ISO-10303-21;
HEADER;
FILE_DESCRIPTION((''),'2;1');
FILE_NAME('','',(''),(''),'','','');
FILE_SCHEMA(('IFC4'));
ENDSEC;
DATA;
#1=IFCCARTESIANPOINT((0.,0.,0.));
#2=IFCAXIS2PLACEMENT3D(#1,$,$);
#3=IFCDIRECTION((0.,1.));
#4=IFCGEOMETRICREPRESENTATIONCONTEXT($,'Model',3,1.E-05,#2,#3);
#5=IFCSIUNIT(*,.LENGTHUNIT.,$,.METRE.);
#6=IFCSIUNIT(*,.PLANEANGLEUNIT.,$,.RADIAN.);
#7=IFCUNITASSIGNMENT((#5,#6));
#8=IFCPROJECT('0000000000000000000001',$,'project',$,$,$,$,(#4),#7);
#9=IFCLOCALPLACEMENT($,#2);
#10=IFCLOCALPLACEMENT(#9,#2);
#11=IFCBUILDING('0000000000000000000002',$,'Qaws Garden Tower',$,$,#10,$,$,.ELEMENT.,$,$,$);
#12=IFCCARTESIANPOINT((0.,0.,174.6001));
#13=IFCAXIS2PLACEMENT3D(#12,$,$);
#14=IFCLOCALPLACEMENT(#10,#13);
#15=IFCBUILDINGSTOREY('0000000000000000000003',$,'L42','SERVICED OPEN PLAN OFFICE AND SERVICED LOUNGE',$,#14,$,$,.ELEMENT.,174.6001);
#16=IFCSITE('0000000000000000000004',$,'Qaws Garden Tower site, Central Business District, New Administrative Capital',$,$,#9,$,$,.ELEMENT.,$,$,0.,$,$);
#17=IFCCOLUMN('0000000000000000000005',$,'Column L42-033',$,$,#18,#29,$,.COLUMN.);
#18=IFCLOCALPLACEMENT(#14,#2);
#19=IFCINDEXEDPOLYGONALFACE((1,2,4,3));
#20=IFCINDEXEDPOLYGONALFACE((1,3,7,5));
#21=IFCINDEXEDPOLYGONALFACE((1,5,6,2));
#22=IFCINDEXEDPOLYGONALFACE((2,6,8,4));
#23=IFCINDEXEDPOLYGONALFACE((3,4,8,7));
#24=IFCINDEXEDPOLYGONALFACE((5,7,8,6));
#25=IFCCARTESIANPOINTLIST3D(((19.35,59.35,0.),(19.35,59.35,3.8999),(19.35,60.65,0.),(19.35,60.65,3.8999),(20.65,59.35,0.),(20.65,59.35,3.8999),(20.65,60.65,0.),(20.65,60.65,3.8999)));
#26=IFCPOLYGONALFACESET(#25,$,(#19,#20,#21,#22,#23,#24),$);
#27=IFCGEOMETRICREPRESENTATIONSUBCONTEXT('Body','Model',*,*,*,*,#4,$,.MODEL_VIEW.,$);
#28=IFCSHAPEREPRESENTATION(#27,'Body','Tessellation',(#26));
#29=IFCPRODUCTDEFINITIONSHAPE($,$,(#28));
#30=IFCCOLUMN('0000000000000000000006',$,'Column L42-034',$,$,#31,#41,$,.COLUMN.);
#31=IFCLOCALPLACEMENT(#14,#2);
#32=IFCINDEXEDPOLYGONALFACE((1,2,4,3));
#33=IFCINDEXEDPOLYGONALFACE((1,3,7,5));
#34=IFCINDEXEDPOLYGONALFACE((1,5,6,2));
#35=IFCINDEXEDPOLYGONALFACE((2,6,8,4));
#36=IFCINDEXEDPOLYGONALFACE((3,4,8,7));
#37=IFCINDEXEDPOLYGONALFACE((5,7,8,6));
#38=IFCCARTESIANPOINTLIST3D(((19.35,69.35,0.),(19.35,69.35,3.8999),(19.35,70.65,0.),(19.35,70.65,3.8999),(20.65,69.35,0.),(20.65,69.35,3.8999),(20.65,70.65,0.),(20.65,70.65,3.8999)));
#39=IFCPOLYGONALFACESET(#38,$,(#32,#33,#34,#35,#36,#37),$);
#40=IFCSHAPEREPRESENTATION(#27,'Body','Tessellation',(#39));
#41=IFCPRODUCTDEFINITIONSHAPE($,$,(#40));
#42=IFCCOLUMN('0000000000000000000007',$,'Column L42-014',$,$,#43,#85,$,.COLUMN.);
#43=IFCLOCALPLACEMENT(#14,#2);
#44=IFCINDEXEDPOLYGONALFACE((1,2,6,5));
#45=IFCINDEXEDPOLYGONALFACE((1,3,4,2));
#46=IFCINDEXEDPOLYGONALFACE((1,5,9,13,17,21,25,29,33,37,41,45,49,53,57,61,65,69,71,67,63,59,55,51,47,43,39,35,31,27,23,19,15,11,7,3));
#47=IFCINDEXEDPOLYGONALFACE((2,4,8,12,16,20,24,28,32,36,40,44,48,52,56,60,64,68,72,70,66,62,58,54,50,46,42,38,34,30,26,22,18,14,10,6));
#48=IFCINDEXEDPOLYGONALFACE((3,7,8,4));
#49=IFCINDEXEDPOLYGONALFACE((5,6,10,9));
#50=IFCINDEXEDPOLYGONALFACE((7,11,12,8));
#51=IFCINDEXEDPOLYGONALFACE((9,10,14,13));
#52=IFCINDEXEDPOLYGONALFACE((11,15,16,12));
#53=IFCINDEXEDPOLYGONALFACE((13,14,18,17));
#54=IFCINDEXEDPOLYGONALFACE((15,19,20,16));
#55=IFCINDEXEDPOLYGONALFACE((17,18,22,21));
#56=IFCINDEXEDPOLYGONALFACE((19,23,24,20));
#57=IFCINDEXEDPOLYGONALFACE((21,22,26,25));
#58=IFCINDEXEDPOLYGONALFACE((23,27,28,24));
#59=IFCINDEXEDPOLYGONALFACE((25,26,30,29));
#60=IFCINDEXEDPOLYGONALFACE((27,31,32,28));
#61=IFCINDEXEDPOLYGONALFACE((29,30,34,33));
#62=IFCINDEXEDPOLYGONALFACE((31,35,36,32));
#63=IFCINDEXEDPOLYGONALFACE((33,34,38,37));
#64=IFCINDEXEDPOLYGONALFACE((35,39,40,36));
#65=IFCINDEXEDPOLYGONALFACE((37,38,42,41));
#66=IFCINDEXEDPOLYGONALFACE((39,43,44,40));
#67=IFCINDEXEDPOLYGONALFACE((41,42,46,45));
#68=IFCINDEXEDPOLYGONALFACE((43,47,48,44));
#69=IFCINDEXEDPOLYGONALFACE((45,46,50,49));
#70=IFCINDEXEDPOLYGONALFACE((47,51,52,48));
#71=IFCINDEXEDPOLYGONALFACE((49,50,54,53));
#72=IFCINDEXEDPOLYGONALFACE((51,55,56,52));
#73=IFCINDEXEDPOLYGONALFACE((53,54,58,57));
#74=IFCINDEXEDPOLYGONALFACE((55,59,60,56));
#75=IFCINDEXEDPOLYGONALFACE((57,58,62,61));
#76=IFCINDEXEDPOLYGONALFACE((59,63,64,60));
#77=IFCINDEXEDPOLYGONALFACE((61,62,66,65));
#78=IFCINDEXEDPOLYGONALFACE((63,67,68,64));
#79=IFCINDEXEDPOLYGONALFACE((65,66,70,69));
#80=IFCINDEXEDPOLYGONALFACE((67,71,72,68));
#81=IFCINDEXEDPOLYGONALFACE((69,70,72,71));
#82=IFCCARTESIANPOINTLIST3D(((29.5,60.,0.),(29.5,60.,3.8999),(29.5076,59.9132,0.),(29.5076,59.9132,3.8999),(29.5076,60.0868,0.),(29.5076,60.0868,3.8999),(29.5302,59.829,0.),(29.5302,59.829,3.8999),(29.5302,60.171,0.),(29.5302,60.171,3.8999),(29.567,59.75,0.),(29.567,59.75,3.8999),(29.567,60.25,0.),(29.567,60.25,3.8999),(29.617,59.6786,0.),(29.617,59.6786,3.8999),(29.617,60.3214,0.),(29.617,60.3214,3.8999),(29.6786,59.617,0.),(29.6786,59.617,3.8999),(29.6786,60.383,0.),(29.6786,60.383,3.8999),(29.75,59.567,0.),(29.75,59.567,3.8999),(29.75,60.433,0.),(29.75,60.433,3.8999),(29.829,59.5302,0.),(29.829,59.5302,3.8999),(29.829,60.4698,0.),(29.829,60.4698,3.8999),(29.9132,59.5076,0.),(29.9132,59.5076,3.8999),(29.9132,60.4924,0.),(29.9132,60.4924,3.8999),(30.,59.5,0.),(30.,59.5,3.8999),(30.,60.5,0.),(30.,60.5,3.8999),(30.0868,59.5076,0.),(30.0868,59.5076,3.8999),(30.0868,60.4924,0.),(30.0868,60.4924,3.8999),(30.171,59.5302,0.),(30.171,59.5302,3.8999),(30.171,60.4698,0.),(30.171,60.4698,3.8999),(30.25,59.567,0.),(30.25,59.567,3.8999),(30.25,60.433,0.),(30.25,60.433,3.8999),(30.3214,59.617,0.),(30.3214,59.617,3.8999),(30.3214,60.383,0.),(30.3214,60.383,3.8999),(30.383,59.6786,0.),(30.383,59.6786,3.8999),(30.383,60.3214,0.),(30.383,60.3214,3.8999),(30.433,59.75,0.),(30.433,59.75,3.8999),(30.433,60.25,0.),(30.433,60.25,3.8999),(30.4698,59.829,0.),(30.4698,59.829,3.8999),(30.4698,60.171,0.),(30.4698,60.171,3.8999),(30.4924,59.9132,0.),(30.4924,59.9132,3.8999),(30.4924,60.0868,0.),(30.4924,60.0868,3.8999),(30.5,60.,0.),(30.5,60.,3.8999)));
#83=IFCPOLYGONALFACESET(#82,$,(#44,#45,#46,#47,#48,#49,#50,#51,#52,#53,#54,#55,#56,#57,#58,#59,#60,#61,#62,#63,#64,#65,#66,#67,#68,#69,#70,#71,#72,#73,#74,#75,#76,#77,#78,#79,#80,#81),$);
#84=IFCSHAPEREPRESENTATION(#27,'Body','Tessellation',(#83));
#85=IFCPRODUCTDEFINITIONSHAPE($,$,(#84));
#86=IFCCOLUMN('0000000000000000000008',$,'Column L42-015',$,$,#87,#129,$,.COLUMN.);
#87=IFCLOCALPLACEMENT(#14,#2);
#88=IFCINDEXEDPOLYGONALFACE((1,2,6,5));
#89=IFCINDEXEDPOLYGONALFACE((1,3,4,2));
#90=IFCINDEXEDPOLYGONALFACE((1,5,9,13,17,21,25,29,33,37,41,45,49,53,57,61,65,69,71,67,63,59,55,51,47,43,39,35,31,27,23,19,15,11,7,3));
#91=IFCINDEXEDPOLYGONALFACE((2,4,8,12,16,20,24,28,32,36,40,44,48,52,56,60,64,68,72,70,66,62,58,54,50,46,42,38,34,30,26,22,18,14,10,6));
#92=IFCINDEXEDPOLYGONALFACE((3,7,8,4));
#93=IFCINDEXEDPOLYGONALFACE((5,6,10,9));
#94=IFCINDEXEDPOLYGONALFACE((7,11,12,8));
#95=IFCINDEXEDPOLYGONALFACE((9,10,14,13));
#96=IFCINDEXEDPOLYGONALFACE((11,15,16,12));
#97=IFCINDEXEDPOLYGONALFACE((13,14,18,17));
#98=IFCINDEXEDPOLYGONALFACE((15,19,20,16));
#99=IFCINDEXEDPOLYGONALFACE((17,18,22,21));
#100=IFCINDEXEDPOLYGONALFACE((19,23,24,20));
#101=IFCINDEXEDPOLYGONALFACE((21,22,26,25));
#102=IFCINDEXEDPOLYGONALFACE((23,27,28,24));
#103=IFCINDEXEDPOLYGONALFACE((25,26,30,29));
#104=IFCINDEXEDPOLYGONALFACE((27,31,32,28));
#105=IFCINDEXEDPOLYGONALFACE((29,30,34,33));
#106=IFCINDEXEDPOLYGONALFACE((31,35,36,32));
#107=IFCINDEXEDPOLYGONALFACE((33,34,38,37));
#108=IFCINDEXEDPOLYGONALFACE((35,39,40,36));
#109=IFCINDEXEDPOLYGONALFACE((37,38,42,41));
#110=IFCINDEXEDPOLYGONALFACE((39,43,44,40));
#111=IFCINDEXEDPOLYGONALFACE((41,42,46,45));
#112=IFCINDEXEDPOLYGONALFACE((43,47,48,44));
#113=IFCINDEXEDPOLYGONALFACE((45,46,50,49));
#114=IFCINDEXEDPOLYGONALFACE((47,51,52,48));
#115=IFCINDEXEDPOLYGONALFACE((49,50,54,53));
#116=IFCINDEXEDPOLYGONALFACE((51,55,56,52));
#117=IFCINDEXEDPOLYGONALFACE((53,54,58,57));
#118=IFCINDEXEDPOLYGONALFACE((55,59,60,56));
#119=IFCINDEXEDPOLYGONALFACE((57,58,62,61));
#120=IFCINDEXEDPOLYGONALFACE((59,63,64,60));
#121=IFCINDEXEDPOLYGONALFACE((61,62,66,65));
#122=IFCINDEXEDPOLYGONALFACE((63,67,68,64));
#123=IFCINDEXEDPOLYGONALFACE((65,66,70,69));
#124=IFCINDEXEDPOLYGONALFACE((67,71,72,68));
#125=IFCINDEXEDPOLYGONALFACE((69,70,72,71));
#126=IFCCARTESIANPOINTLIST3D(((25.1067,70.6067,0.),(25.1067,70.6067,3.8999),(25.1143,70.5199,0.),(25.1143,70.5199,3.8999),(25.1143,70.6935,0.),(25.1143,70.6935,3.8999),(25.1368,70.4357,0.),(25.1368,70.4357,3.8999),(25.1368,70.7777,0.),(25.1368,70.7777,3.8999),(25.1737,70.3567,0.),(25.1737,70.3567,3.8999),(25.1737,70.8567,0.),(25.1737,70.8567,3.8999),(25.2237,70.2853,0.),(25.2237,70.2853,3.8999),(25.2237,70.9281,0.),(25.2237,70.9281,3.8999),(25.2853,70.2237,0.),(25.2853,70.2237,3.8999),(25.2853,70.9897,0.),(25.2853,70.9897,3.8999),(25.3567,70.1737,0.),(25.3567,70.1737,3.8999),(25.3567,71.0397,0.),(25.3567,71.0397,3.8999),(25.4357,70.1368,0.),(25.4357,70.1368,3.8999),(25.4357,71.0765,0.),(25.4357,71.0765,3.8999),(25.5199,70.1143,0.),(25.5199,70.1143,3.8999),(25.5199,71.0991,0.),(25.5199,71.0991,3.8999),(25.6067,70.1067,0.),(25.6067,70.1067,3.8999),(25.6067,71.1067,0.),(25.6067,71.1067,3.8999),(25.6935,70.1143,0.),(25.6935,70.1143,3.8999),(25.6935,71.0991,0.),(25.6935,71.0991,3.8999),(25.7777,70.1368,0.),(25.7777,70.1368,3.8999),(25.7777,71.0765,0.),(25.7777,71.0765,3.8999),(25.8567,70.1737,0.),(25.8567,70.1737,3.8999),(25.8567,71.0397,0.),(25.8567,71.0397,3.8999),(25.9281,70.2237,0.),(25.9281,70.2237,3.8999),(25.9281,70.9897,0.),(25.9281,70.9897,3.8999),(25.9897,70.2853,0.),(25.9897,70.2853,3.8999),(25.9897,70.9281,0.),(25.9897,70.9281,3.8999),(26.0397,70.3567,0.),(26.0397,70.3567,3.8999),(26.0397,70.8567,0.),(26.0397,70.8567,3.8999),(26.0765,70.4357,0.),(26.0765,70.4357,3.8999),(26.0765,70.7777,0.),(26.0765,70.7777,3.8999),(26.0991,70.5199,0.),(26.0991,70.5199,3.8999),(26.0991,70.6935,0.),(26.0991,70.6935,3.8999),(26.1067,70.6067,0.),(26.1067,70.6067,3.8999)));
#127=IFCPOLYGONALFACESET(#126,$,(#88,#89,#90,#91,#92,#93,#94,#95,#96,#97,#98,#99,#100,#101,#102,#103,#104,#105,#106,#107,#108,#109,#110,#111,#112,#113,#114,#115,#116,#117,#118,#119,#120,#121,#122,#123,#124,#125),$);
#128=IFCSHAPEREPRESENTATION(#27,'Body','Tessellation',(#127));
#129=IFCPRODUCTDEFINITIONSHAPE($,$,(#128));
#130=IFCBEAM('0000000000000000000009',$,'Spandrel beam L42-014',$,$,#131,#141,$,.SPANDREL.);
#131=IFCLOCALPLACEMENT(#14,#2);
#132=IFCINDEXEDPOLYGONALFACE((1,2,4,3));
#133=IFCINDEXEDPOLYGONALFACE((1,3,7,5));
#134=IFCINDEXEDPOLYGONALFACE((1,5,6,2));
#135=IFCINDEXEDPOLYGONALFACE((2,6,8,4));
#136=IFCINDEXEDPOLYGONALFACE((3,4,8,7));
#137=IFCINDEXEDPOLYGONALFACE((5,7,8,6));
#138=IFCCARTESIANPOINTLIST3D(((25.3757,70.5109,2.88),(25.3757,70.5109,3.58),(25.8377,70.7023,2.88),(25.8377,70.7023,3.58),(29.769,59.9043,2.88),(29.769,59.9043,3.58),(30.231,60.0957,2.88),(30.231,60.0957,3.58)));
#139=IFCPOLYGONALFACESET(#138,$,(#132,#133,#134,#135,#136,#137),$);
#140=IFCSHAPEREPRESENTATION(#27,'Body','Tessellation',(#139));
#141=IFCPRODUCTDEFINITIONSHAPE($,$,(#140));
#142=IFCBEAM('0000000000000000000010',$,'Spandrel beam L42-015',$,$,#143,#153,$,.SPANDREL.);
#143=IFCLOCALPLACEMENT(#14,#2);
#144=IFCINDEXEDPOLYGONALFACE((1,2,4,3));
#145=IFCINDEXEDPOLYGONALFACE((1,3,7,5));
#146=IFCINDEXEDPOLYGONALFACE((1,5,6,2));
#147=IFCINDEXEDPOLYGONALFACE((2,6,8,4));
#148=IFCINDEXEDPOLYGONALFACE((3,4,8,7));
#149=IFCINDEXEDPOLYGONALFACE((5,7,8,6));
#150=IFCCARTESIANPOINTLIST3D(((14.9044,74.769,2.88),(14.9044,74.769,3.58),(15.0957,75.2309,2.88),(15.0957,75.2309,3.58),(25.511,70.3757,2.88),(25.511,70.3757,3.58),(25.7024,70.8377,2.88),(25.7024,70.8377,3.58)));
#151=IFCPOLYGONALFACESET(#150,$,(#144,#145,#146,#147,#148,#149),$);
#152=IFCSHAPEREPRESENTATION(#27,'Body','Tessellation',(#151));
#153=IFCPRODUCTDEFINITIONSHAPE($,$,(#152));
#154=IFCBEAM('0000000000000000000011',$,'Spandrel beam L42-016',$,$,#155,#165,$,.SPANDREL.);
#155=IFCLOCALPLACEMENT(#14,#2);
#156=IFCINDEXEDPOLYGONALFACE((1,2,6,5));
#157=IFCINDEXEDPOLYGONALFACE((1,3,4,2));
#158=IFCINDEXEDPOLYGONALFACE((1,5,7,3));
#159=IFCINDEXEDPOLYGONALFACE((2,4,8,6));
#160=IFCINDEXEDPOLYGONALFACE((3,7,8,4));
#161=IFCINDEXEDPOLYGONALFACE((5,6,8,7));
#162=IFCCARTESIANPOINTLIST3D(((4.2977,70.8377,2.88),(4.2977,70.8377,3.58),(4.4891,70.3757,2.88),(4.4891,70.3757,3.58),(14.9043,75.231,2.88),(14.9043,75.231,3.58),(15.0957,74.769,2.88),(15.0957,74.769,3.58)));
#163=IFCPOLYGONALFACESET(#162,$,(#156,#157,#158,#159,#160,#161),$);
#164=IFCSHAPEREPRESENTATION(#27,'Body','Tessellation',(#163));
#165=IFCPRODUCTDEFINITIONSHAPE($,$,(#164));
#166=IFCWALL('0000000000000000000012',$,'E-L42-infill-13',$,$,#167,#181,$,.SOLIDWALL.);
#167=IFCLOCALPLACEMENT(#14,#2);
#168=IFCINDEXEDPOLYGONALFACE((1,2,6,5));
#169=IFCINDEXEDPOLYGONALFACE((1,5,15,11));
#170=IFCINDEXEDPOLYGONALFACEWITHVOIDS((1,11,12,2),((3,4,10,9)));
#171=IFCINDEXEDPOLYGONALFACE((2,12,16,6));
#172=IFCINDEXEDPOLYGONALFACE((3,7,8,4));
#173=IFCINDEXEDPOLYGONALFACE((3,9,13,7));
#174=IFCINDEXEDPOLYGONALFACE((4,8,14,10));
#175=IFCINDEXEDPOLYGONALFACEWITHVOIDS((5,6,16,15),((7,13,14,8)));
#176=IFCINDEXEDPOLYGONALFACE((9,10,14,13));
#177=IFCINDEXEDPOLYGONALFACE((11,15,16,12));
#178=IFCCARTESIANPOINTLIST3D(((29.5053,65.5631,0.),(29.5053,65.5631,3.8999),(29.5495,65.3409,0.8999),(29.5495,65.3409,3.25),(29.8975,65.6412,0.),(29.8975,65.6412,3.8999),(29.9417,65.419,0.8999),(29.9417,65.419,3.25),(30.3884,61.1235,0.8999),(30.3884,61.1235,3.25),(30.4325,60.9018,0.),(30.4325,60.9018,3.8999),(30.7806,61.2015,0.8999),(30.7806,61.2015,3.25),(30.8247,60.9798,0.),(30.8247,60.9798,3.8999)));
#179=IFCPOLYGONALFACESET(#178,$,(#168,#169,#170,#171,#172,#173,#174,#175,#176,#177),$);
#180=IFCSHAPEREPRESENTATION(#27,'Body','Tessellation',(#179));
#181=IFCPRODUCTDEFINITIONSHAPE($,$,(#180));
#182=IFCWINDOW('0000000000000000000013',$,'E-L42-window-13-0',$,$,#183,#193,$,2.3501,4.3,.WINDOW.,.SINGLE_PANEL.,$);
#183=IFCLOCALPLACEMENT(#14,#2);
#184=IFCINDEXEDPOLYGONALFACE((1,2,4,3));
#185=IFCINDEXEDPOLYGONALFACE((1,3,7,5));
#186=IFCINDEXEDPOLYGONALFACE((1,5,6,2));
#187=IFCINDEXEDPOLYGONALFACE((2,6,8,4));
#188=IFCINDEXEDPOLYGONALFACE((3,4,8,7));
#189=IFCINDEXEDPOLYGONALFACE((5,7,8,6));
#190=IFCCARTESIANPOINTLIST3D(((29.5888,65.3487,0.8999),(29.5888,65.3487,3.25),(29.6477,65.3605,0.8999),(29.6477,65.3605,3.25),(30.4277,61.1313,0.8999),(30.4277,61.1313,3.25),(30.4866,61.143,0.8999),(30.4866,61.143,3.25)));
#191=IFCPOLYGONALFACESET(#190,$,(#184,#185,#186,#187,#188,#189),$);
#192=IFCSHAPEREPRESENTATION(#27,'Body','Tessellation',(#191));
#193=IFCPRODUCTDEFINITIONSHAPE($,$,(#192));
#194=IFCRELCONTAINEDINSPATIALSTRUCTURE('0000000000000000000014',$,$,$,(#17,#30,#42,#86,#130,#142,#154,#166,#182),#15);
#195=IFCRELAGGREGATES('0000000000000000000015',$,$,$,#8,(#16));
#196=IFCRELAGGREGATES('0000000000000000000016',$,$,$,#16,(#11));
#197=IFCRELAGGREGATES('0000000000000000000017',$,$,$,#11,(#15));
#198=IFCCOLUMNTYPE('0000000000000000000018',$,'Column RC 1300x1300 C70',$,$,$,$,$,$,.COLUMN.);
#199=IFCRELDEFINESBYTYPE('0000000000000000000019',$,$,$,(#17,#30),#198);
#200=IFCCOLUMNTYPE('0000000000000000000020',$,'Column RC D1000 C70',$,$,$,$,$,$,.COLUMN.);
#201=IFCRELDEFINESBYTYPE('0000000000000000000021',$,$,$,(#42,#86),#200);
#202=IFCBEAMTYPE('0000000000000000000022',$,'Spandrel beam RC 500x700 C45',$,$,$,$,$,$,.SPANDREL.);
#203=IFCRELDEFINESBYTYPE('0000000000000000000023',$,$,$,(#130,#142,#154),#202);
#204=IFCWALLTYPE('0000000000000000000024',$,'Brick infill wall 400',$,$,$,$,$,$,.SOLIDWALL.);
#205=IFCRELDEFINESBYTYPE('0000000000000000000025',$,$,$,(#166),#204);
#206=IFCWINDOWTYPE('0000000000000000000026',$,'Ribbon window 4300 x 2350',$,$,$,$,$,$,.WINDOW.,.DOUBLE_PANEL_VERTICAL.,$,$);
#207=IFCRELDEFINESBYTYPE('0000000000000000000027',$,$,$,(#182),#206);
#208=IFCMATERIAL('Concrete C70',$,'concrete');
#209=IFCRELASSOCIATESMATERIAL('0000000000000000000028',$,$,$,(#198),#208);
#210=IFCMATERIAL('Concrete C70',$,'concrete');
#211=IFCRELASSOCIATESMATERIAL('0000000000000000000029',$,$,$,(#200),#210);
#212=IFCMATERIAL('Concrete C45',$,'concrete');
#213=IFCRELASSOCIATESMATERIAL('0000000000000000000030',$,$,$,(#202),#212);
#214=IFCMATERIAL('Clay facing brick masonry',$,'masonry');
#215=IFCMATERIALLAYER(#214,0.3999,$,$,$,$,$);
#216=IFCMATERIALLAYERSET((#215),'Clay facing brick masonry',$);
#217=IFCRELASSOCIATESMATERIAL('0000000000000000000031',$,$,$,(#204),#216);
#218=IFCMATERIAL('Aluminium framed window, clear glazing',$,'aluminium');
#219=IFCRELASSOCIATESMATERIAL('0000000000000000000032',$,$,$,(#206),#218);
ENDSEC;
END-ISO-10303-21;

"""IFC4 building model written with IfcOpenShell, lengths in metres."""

from ifc_helpers import new_model, si_unit, direction, frame, frame_2d, origin, origin_2d, place, context, subcontext, project, spatial, rectangle, circle, extrude, material, layer, layer_set, material_profile, profile_set, type_object, element, fill, save


model = new_model("IFC4")

# Units and contexts
model_context = context("Model", 3, precision=1e-05, world=origin(), true_north=direction((0.0, 1.0)))
body_context = subcontext(model_context, "Body", "Model", "MODEL_VIEW")
ifc_project = project(units=[si_unit("LENGTHUNIT", "METRE"), si_unit("PLANEANGLEUNIT", "RADIAN")], contexts=[model_context])

# Site, building, storey
site_placement = place(None, origin())
site = spatial("IfcSite", under=ifc_project, at=site_placement, Name="Qaws Garden Tower site, Central Business District, New Administrative Capital", CompositionType="ELEMENT", RefElevation=0.0)
building_placement = place(site_placement, origin())
building = spatial("IfcBuilding", under=site, at=building_placement, Name="Qaws Garden Tower", CompositionType="ELEMENT")
storey_placement = place(building_placement, frame((0.0, 0.0, 174.6001)))
storey = spatial("IfcBuildingStorey", under=building, at=storey_placement, Name="L42", Description="SERVICED OPEN PLAN OFFICE AND SERVICED LOUNGE", CompositionType="ELEMENT", Elevation=174.6001)

# Columns
ifc_material_1 = material(Name="Concrete C70", Category="concrete")
ifc_material_profile_1 = material_profile(ifc_material_1, rectangle(XDim=1.3, YDim=1.3, at=origin_2d()), Name="RC 1300x1300")
ifc_profile_set_1 = profile_set([ifc_material_profile_1], Name="Concrete C70")
column_type_1 = type_object("IfcColumnType", Name="Column RC 1300x1300 C70", PredefinedType="COLUMN", material=ifc_profile_set_1)
for number, where, z_axis, x_axis, name in (
    (1, (20.0, 60.0, 0.0), (0.0, 0.0, 1.0), (1.0, 0.0, 0.0), "Column L42-033"),
    (2, (20.0, 70.0, 0.0), (0.0, 0.0, 1.0), (1.0, 0.0, 0.0), "Column L42-034"),
):
    element("IfcColumn", number, at=place(storey_placement, frame(where, z_axis=z_axis, x_axis=x_axis)), inside=storey, type_object=column_type_1, Name=name, PredefinedType="COLUMN", context=body_context, shape_type="SweptSolid", body=[
        extrude(rectangle(XDim=1.3, YDim=1.3, at=origin_2d()), origin(), (0.0, 0.0, 1.0), 3.8999),
    ])
ifc_material_2 = material(Name="Concrete C70", Category="concrete")
ifc_material_profile_2 = material_profile(ifc_material_2, circle(Radius=0.5, at=origin_2d()), Name="RC D1000")
ifc_profile_set_2 = profile_set([ifc_material_profile_2], Name="Concrete C70")
column_type_2 = type_object("IfcColumnType", Name="Column RC D1000 C70", PredefinedType="COLUMN", material=ifc_profile_set_2)
for number, where, z_axis, x_axis, name in (
    (3, (30.0, 60.0, 0.0), (0.0, 0.0, 1.0), (1.0, 0.0, 0.0), "Column L42-014"),
    (4, (25.6067, 70.6067, 0.0), (0.0, 0.0, 1.0), (1.0, 0.0, 0.0), "Column L42-015"),
):
    element("IfcColumn", number, at=place(storey_placement, frame(where, z_axis=z_axis, x_axis=x_axis)), inside=storey, type_object=column_type_2, Name=name, PredefinedType="COLUMN", context=body_context, shape_type="SweptSolid", body=[
        extrude(circle(Radius=0.5, at=origin_2d()), origin(), (0.0, 0.0, 1.0), 3.8999),
    ])

# Beams
ifc_material_3 = material(Name="Concrete C45", Category="concrete")
ifc_material_profile_3 = material_profile(ifc_material_3, rectangle(XDim=0.5, YDim=0.7, at=origin_2d()), Name="RC 500x700")
ifc_profile_set_3 = profile_set([ifc_material_profile_3], Name="Concrete C45")
beam_type = type_object("IfcBeamType", Name="Spandrel beam RC 500x700 C45", PredefinedType="SPANDREL", material=ifc_profile_set_3)
for number, where, z_axis, x_axis, name in (
    (5, (30.0, 60.0, 3.23), (-0.382674, 0.923883, 0.0), (-0.923883, -0.382674, 0.0), "Spandrel beam L42-014"),
    (6, (25.6067, 70.6067, 3.23), (-0.923883, 0.382674, 0.0), (-0.382674, -0.923883, 0.0), "Spandrel beam L42-015"),
    (7, (15.0, 75.0, 3.23), (-0.923883, -0.382674, 0.0), (0.382674, -0.923883, 0.0), "Spandrel beam L42-016"),
):
    element("IfcBeam", number, at=place(storey_placement, frame(where, z_axis=z_axis, x_axis=x_axis)), inside=storey, type_object=beam_type, Name=name, PredefinedType="SPANDREL", context=body_context, shape_type="SweptSolid", body=[
        extrude(rectangle(XDim=0.5, YDim=0.7, at=origin_2d()), origin(), (0.0, 0.0, 1.0), 11.4805),
    ])

# Wall, opening, window
ifc_material_4 = material(Name="Clay facing brick masonry", Category="masonry")
ifc_layer_1 = layer(ifc_material_4, 0.3999)
ifc_layer_set_1 = layer_set([ifc_layer_1], Name="Clay facing brick masonry")
wall_type_1 = type_object("IfcWallType", Name="Brick infill wall 400", PredefinedType="SOLIDWALL", material=ifc_layer_set_1)
wall_1_placement = place(storey_placement, frame((30.6287, 60.9407, 0.0), z_axis=(0.0, 0.0, 1.0), x_axis=(-0.195099, 0.980784, 0.0)))
wall_1 = element("IfcWall", 8, at=wall_1_placement, inside=storey, type_object=wall_type_1, Name="E-L42-infill-13", PredefinedType="SOLIDWALL", context=body_context, shape_type="SweptSolid", body=[
    extrude(rectangle(XDim=4.7527, YDim=0.3999, at=frame_2d((2.3765, 0.0))), origin(), (0.0, 0.0, 1.0), 3.8999),
])
opening_1_placement = place(wall_1_placement, frame((0.2263, 0.0, 0.8999)))
opening_1 = element("IfcOpeningElement", 9, at=opening_1_placement, cuts=wall_1, PredefinedType="OPENING", context=body_context, shape_type="SweptSolid", body=[
    extrude(rectangle(XDim=4.3, YDim=2.3501, at=frame_2d((2.1499, 1.175))), frame((0.0, 0.21, 0.0), z_axis=(0.0, -1.0, 0.0), x_axis=(1.0, 0.0, 0.0)), (0.0, 0.0, 1.0), 0.4199),
])
ifc_material_5 = material(Name="Aluminium framed window, clear glazing", Category="aluminium")
window_type = type_object("IfcWindowType", Name="Ribbon window 4300 x 2350", PartitioningType="DOUBLE_PANEL_VERTICAL", PredefinedType="WINDOW", material=ifc_material_5)
window_1_placement = place(opening_1_placement, origin())
window_1 = element("IfcWindow", 10, at=window_1_placement, inside=storey, type_object=window_type, Name="E-L42-window-13-0", OverallHeight=2.3501, OverallWidth=4.3, PartitioningType="SINGLE_PANEL", PredefinedType="WINDOW", context=body_context, shape_type="SweptSolid", body=[
    extrude(rectangle(XDim=4.3, YDim=2.3501, at=frame_2d((2.1499, 1.175))), frame((0.0, 0.1599, 0.0), z_axis=(0.0, -1.0, 0.0), x_axis=(1.0, 0.0, 0.0)), (0.0, 0.0, 1.0), 0.0601),
])
fill(opening_1, window_1)

save(model, "model.ifc")
